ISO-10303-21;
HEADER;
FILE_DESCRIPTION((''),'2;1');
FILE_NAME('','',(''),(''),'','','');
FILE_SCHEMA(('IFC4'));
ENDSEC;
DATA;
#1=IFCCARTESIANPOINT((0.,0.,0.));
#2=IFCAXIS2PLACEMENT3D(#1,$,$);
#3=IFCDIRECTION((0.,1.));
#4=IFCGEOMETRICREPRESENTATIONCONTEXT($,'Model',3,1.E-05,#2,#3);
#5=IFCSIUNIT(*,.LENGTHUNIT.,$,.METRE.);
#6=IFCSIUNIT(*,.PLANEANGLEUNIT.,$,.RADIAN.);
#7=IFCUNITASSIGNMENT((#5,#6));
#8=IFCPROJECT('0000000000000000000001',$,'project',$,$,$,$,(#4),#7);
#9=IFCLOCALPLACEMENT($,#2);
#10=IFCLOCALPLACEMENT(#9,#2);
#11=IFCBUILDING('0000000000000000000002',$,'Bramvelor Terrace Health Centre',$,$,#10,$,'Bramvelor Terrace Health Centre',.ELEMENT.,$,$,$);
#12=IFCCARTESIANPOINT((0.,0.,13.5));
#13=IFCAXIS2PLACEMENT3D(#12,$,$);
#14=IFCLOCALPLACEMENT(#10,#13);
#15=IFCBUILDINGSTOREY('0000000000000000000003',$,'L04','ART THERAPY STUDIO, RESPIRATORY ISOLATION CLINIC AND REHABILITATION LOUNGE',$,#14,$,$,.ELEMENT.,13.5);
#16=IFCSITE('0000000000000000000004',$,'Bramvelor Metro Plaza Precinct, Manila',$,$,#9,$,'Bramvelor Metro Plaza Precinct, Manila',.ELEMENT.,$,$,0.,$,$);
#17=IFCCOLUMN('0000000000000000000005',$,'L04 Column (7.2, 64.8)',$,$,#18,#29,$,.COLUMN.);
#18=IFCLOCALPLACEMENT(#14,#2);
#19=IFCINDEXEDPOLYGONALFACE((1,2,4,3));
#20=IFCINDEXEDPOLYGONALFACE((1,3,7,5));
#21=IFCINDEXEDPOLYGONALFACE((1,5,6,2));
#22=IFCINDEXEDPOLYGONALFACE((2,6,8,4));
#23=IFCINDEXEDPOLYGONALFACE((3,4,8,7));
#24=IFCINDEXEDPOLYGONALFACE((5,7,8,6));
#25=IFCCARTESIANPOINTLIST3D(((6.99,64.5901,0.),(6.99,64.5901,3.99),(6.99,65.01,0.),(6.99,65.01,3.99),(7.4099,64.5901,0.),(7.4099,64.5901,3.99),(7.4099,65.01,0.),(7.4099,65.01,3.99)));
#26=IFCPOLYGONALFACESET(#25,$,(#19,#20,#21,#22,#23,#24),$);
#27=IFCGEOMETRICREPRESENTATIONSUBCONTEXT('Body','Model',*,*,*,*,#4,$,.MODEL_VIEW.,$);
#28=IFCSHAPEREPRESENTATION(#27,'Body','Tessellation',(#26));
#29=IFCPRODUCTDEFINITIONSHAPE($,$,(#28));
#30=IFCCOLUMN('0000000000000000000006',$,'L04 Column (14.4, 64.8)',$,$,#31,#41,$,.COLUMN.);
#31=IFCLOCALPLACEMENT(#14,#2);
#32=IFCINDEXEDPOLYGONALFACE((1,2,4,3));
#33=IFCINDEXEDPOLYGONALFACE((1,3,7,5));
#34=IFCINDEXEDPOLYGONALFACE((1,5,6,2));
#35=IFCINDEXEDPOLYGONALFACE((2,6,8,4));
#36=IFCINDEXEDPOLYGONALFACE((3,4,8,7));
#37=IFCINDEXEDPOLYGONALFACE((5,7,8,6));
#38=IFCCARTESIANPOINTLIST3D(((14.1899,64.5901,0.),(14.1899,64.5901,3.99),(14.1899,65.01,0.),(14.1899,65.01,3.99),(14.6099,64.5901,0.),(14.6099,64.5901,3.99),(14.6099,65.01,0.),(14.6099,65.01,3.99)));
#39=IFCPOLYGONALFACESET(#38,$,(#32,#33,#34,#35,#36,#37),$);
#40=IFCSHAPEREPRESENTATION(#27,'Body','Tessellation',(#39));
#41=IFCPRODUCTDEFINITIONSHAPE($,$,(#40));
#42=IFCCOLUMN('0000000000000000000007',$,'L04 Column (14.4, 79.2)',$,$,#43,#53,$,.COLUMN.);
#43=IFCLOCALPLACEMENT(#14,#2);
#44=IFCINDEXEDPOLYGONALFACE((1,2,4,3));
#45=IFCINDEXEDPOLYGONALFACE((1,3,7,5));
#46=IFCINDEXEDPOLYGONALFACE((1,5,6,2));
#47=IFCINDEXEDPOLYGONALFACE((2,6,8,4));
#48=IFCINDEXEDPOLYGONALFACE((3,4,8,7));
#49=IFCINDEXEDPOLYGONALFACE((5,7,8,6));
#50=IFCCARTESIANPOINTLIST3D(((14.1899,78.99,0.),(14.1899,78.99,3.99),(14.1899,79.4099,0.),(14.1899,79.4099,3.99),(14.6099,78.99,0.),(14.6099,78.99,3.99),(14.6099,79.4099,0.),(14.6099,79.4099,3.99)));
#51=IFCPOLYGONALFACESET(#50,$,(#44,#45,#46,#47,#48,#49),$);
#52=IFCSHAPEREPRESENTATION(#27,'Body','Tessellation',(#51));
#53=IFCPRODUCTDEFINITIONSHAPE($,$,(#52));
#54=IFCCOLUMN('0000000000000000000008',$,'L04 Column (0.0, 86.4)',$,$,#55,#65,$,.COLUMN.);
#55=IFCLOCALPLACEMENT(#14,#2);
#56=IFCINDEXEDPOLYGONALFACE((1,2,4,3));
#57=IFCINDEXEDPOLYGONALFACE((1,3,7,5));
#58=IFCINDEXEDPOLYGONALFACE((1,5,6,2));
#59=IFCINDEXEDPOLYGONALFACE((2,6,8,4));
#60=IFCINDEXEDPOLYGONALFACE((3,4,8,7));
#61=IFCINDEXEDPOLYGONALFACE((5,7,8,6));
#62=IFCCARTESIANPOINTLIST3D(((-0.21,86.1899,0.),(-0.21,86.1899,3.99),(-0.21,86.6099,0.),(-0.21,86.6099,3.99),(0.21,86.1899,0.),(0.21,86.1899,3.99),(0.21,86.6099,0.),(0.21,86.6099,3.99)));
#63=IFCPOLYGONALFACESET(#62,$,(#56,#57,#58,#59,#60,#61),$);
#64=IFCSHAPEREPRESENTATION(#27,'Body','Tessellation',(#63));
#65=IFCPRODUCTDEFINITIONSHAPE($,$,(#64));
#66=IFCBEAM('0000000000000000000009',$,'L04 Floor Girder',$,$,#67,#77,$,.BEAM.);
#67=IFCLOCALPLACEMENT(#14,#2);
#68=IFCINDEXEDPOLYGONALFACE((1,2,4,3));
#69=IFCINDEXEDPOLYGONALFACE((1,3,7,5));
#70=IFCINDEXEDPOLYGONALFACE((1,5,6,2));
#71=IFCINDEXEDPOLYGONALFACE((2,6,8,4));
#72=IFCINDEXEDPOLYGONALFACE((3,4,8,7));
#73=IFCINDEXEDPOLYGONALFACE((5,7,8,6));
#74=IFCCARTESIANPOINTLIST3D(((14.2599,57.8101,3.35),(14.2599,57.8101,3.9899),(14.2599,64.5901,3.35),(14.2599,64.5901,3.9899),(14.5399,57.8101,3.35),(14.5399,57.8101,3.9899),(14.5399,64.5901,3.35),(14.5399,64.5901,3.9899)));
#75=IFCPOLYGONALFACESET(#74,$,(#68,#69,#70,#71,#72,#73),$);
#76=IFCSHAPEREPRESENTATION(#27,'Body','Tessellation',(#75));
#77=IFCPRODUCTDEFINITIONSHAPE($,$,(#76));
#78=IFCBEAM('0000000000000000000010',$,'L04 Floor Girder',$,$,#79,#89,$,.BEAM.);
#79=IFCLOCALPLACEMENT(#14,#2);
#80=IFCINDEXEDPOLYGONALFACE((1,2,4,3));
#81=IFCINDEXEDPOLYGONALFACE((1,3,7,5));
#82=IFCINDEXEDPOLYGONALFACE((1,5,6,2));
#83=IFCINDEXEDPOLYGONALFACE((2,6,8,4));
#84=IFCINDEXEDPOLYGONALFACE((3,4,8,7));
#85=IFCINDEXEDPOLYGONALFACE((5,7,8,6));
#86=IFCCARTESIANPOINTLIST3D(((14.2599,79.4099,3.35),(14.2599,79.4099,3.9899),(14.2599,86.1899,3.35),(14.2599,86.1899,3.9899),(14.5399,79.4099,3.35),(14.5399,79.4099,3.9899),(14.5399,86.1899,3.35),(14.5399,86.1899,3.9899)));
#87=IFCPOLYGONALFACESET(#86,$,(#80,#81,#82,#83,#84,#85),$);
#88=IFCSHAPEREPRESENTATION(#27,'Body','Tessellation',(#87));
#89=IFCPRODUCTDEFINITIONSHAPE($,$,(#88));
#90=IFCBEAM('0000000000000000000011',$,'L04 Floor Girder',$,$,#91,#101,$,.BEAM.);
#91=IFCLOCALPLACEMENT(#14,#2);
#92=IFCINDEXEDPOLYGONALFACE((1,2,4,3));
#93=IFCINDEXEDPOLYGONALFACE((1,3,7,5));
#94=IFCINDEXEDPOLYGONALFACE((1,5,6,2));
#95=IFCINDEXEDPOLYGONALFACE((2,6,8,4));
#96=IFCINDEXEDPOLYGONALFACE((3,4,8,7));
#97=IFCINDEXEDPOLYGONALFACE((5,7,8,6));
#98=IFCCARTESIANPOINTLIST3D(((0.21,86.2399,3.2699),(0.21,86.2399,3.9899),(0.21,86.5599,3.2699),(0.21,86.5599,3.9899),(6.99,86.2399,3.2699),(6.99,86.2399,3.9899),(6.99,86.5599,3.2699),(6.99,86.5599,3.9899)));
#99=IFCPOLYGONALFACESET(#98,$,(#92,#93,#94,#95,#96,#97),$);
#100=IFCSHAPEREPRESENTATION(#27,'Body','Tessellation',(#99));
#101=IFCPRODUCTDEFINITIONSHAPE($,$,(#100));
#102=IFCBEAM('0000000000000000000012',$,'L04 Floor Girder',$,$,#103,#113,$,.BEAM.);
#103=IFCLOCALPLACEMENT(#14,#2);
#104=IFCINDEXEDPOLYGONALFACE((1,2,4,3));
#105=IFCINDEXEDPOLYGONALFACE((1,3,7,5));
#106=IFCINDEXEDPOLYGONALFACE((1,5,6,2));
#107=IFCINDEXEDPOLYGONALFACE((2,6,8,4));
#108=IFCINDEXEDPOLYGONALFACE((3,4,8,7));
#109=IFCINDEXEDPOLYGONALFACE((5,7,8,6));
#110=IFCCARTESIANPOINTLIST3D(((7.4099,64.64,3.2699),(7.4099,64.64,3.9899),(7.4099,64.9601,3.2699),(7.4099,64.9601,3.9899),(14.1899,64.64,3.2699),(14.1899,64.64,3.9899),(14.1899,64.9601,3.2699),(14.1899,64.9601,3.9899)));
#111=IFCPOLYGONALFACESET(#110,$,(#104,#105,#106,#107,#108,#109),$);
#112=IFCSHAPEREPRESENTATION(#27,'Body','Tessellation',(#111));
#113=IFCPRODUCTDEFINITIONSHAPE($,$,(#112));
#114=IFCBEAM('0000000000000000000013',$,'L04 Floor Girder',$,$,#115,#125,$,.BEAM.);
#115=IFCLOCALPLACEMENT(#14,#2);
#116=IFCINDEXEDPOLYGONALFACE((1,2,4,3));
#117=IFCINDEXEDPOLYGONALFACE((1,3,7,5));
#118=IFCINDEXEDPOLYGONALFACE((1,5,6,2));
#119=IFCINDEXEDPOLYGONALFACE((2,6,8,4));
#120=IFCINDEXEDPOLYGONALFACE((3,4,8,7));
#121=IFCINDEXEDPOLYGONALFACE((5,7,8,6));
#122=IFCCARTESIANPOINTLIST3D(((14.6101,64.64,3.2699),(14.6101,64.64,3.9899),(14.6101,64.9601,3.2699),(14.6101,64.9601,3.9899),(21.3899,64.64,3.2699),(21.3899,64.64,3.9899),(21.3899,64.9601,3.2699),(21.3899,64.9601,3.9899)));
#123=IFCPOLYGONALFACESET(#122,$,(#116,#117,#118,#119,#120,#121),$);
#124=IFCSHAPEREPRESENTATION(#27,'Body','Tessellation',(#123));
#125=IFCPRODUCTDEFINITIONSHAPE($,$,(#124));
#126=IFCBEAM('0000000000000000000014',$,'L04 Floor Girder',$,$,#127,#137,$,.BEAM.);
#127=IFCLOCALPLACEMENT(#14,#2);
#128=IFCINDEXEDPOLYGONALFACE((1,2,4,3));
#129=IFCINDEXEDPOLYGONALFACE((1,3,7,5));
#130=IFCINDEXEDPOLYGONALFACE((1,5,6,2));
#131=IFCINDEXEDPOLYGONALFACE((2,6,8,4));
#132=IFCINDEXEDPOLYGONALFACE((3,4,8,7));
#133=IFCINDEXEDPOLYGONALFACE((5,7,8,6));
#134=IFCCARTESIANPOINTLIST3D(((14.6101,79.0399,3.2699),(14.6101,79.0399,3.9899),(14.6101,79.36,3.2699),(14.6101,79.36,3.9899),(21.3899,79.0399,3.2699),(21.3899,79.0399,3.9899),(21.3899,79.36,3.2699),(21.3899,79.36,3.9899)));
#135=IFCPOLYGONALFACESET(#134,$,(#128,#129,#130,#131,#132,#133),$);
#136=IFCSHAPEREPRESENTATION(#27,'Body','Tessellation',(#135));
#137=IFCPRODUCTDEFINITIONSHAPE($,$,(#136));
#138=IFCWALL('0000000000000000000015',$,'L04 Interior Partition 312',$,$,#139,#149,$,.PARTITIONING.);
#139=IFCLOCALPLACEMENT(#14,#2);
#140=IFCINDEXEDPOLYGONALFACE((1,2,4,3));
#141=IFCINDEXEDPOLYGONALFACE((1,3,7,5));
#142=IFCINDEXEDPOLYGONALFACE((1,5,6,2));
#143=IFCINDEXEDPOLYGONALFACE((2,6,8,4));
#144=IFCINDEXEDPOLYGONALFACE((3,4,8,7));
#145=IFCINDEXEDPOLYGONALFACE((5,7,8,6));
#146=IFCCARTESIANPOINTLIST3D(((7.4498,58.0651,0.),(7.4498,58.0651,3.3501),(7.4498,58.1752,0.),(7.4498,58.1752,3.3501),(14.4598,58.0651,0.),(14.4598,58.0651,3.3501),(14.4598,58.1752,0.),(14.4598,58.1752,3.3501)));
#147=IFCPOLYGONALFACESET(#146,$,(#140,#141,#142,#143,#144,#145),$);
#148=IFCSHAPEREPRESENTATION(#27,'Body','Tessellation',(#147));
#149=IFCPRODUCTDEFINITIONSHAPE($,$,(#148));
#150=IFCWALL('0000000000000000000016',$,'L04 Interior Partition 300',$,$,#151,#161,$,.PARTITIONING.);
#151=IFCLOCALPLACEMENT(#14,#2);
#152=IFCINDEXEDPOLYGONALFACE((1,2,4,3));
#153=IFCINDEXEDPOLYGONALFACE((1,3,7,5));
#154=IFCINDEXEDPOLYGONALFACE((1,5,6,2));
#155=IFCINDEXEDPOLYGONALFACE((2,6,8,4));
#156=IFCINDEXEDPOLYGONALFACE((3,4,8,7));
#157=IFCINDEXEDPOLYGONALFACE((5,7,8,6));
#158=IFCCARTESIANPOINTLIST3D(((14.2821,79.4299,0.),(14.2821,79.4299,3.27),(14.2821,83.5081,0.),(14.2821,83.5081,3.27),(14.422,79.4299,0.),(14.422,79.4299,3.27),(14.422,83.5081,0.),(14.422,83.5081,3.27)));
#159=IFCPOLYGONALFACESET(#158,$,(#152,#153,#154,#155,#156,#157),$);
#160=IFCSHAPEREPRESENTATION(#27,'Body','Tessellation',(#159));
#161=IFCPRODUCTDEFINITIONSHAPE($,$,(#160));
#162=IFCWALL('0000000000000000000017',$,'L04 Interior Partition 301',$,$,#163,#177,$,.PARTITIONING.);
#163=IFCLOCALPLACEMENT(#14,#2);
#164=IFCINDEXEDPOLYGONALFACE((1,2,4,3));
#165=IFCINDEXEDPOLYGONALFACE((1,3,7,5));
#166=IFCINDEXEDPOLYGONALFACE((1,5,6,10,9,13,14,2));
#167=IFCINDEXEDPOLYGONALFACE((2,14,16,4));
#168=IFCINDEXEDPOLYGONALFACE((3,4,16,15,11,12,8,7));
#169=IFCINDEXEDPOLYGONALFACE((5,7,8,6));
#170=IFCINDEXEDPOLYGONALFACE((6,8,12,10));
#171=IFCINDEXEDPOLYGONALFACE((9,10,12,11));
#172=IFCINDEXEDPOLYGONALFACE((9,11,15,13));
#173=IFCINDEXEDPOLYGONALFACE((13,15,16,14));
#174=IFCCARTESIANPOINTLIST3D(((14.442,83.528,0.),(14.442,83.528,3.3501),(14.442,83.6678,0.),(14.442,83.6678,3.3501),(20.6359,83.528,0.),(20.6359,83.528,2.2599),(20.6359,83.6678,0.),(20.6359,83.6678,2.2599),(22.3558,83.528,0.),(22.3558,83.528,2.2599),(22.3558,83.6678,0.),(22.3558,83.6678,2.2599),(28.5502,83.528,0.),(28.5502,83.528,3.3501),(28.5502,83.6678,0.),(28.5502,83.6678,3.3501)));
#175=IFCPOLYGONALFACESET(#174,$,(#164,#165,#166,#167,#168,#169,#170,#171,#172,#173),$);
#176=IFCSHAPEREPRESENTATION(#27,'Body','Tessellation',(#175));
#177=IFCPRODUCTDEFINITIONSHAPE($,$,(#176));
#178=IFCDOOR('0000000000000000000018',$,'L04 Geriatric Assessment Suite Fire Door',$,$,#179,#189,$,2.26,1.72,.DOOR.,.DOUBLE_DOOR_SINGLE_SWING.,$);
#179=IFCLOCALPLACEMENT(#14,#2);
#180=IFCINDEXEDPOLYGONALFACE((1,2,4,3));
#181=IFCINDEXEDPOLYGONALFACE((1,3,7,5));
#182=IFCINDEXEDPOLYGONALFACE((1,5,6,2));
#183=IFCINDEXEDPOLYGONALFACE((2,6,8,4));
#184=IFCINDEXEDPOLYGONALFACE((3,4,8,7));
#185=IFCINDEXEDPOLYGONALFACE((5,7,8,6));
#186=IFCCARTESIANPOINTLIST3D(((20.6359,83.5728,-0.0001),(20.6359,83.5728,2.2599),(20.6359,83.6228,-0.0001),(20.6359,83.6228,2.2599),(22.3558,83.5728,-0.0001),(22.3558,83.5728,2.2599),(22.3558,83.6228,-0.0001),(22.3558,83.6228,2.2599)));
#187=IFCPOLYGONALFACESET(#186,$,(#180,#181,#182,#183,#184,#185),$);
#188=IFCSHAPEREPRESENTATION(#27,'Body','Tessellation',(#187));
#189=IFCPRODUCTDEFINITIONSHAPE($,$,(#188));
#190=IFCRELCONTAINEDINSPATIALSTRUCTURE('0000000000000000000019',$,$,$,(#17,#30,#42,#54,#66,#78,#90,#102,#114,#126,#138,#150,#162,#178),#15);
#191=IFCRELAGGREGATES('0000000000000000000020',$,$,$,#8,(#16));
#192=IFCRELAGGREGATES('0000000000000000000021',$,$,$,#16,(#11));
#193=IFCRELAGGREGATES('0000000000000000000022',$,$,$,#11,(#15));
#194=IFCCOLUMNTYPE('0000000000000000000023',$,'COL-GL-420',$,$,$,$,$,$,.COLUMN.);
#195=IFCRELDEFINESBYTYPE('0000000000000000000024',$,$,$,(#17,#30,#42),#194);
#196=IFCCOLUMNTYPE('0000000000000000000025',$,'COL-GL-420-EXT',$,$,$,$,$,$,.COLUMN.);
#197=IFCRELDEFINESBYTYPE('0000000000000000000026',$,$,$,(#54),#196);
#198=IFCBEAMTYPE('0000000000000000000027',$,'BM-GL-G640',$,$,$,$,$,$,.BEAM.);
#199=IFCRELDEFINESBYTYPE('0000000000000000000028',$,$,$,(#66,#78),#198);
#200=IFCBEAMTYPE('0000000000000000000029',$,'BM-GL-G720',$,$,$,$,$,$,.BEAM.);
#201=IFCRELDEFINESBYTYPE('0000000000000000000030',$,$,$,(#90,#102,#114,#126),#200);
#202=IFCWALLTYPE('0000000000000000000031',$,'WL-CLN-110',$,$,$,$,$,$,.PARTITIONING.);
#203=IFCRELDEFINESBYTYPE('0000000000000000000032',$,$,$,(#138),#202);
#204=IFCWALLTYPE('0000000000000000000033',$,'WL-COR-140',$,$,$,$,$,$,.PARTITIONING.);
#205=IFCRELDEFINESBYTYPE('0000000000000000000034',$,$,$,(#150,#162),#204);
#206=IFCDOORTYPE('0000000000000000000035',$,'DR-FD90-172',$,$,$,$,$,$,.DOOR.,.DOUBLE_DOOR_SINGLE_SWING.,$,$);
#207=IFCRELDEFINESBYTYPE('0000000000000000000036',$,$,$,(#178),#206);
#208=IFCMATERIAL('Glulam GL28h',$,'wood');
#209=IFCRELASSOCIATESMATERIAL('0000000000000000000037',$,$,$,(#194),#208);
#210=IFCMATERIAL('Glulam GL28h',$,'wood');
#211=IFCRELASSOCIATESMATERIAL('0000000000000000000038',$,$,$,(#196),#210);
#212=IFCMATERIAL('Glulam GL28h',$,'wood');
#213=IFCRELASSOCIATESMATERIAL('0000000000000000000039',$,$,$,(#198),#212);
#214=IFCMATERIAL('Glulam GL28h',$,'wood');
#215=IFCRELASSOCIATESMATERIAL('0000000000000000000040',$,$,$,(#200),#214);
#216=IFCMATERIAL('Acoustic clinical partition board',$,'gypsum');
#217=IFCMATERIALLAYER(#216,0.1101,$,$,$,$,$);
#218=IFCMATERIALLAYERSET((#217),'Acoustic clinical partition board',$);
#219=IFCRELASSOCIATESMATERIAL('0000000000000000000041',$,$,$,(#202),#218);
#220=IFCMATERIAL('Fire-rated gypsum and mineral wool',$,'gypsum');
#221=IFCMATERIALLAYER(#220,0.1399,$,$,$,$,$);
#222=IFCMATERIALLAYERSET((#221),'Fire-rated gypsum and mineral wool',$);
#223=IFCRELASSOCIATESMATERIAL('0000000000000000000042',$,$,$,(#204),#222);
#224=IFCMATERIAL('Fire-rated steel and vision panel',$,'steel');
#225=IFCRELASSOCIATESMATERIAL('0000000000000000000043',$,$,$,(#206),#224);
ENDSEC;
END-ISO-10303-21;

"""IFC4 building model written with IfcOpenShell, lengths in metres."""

from ifc_helpers import new_model, si_unit, direction, frame, frame_2d, origin, origin_2d, place, context, subcontext, project, spatial, rectangle, extrude, material, layer, layer_set, material_profile, profile_set, type_object, element, fill, save


model = new_model("IFC4")

# Units and contexts
model_context = context("Model", 3, precision=1e-05, world=origin(), true_north=direction((0.0, 1.0)))
body_context = subcontext(model_context, "Body", "Model", "MODEL_VIEW")
ifc_project = project(units=[si_unit("LENGTHUNIT", "METRE"), si_unit("PLANEANGLEUNIT", "RADIAN")], contexts=[model_context])

# Site, building, storey
site_placement = place(None, origin())
site = spatial("IfcSite", under=ifc_project, at=site_placement, Name="Bramvelor Metro Plaza Precinct, Manila", LongName="Bramvelor Metro Plaza Precinct, Manila", CompositionType="ELEMENT", RefElevation=0.0)
building_placement = place(site_placement, origin())
building = spatial("IfcBuilding", under=site, at=building_placement, Name="Bramvelor Terrace Health Centre", LongName="Bramvelor Terrace Health Centre", CompositionType="ELEMENT")
storey_placement = place(building_placement, frame((0.0, 0.0, 13.5)))
storey = spatial("IfcBuildingStorey", under=building, at=storey_placement, Name="L04", Description="ART THERAPY STUDIO, RESPIRATORY ISOLATION CLINIC AND REHABILITATION LOUNGE", CompositionType="ELEMENT", Elevation=13.5)

# Columns
ifc_material_1 = material(Name="Glulam GL28h", Category="wood")
ifc_material_profile_1 = material_profile(ifc_material_1, rectangle(XDim=0.4199, YDim=0.4199, at=origin_2d()), Name="GL 420x420")
ifc_profile_set_1 = profile_set([ifc_material_profile_1], Name="Glulam GL28h")
column_type_1 = type_object("IfcColumnType", Name="COL-GL-420", PredefinedType="COLUMN", material=ifc_profile_set_1)
for number, where, z_axis, x_axis, name in (
    (1, (7.2, 64.8, 0.0), (0.0, 0.0, 1.0), (1.0, 0.0, 0.0), "L04 Column (7.2, 64.8)"),
    (2, (14.3999, 64.8, 0.0), (0.0, 0.0, 1.0), (1.0, 0.0, 0.0), "L04 Column (14.4, 64.8)"),
    (3, (14.3999, 79.2, 0.0), (0.0, 0.0, 1.0), (1.0, 0.0, 0.0), "L04 Column (14.4, 79.2)"),
):
    element("IfcColumn", number, at=place(storey_placement, frame(where, z_axis=z_axis, x_axis=x_axis)), inside=storey, type_object=column_type_1, Name=name, PredefinedType="COLUMN", context=body_context, shape_type="SweptSolid", body=[
        extrude(rectangle(XDim=0.4199, YDim=0.4199, at=origin_2d()), origin(), (0.0, 0.0, 1.0), 3.99),
    ])
ifc_material_2 = material(Name="Glulam GL28h", Category="wood")
ifc_material_profile_2 = material_profile(ifc_material_2, rectangle(XDim=0.4199, YDim=0.4199, at=origin_2d()), Name="GL 420x420")
ifc_profile_set_2 = profile_set([ifc_material_profile_2], Name="Glulam GL28h")
column_type_2 = type_object("IfcColumnType", Name="COL-GL-420-EXT", PredefinedType="COLUMN", material=ifc_profile_set_2)
column_placement = place(storey_placement, frame((0.0, 86.3999, 0.0), z_axis=(0.0, 0.0, 1.0), x_axis=(1.0, 0.0, 0.0)))
element("IfcColumn", 4, at=column_placement, inside=storey, type_object=column_type_2, Name="L04 Column (0.0, 86.4)", PredefinedType="COLUMN", context=body_context, shape_type="SweptSolid", body=[
    extrude(rectangle(XDim=0.4199, YDim=0.4199, at=origin_2d()), origin(), (0.0, 0.0, 1.0), 3.99),
])

# Beams
ifc_material_3 = material(Name="Glulam GL28h", Category="wood")
ifc_material_profile_3 = material_profile(ifc_material_3, rectangle(XDim=0.28, YDim=0.6399, at=origin_2d()), Name="GL 280x640")
ifc_profile_set_3 = profile_set([ifc_material_profile_3], Name="Glulam GL28h")
beam_type_1 = type_object("IfcBeamType", Name="BM-GL-G640", PredefinedType="BEAM", material=ifc_profile_set_3)
for number, where, z_axis, x_axis, name in (
    (5, (14.3999, 57.8101, 3.6699), (0.0, 1.0, 0.0), (-1.0, 0.0, 0.0), "L04 Floor Girder"),
    (6, (14.3999, 79.4099, 3.6699), (0.0, 1.0, 0.0), (-1.0, 0.0, 0.0), "L04 Floor Girder"),
):
    element("IfcBeam", number, at=place(storey_placement, frame(where, z_axis=z_axis, x_axis=x_axis)), inside=storey, type_object=beam_type_1, Name=name, PredefinedType="BEAM", context=body_context, shape_type="SweptSolid", body=[
        extrude(rectangle(XDim=0.28, YDim=0.6399, at=origin_2d()), origin(), (0.0, 0.0, 1.0), 6.78),
    ])
ifc_material_4 = material(Name="Glulam GL28h", Category="wood")
ifc_material_profile_4 = material_profile(ifc_material_4, rectangle(XDim=0.3201, YDim=0.72, at=origin_2d()), Name="GL 320x720")
ifc_profile_set_4 = profile_set([ifc_material_profile_4], Name="Glulam GL28h")
beam_type_2 = type_object("IfcBeamType", Name="BM-GL-G720", PredefinedType="BEAM", material=ifc_profile_set_4)
for number, where, z_axis, x_axis, name in (
    (7, (0.21, 86.3999, 3.6299), (1.0, 0.0, 0.0), (0.0, 1.0, 0.0), "L04 Floor Girder"),
    (8, (7.4099, 64.8, 3.6299), (1.0, 0.0, 0.0), (0.0, 1.0, 0.0), "L04 Floor Girder"),
):
    element("IfcBeam", number, at=place(storey_placement, frame(where, z_axis=z_axis, x_axis=x_axis)), inside=storey, type_object=beam_type_2, Name=name, PredefinedType="BEAM", context=body_context, shape_type="SweptSolid", body=[
        extrude(rectangle(XDim=0.3201, YDim=0.72, at=origin_2d()), origin(), (0.0, 0.0, 1.0), 6.78),
    ])
for number, where, z_axis, x_axis, name in (
    (9, (14.6101, 64.8, 3.6299), (1.0, 0.0, 0.0), (0.0, 1.0, 0.0), "L04 Floor Girder"),
    (10, (14.6101, 79.2, 3.6299), (1.0, 0.0, 0.0), (0.0, 1.0, 0.0), "L04 Floor Girder"),
):
    element("IfcBeam", number, at=place(storey_placement, frame(where, z_axis=z_axis, x_axis=x_axis)), inside=storey, type_object=beam_type_2, Name=name, PredefinedType="BEAM", context=body_context, shape_type="SweptSolid", body=[
        extrude(rectangle(XDim=0.3201, YDim=0.72, at=origin_2d()), origin(), (0.0, 0.0, 1.0), 6.7798),
    ])

# Walls
ifc_material_5 = material(Name="Acoustic clinical partition board", Category="gypsum")
ifc_layer_1 = layer(ifc_material_5, 0.1101)
ifc_layer_set_1 = layer_set([ifc_layer_1], Name="Acoustic clinical partition board")
wall_type_1 = type_object("IfcWallType", Name="WL-CLN-110", PredefinedType="PARTITIONING", material=ifc_layer_set_1)
wall_1_placement = place(storey_placement, frame((7.45, 58.1201, 0.0), z_axis=(0.0, 0.0, 1.0), x_axis=(1.0, 0.0, 0.0)))
element("IfcWall", 11, at=wall_1_placement, inside=storey, type_object=wall_type_1, Name="L04 Interior Partition 312", PredefinedType="PARTITIONING", context=body_context, shape_type="SweptSolid", body=[
    extrude(rectangle(XDim=7.01, YDim=0.1101, at=frame_2d((3.5049, 0.0))), origin(), (0.0, 0.0, 1.0), 3.3501),
])
ifc_material_6 = material(Name="Fire-rated gypsum and mineral wool", Category="gypsum")
ifc_layer_2 = layer(ifc_material_6, 0.1399)
ifc_layer_set_2 = layer_set([ifc_layer_2], Name="Fire-rated gypsum and mineral wool")
wall_type_2 = type_object("IfcWallType", Name="WL-COR-140", PredefinedType="PARTITIONING", material=ifc_layer_set_2)
wall_2_placement = place(storey_placement, frame((14.3521, 79.4299, 0.0), z_axis=(0.0, 0.0, 1.0), x_axis=(0.0, 1.0, 0.0)))
element("IfcWall", 12, at=wall_2_placement, inside=storey, type_object=wall_type_2, Name="L04 Interior Partition 300", PredefinedType="PARTITIONING", context=body_context, shape_type="SweptSolid", body=[
    extrude(rectangle(XDim=4.0781, YDim=0.1399, at=frame_2d((2.0391, 0.0))), origin(), (0.0, 0.0, 1.0), 3.27),
])

# Wall, opening, door
wall_3_placement = place(storey_placement, frame((14.4419, 83.5979, 0.0), z_axis=(0.0, 0.0, 1.0), x_axis=(1.0, 0.0, 0.0)))
wall_3 = element("IfcWall", 13, at=wall_3_placement, inside=storey, type_object=wall_type_2, Name="L04 Interior Partition 301", PredefinedType="PARTITIONING", context=body_context, shape_type="SweptSolid", body=[
    extrude(rectangle(XDim=14.1082, YDim=0.1399, at=frame_2d((7.0542, 0.0))), origin(), (0.0, 0.0, 1.0), 3.3501),
])
opening_1_placement = place(wall_3_placement, frame((6.1941, 0.0, 0.0)))
opening_1 = element("IfcOpeningElement", 14, at=opening_1_placement, cuts=wall_3, PredefinedType="OPENING", context=body_context, shape_type="SweptSolid", body=[
    extrude(rectangle(XDim=1.72, YDim=2.26, at=frame_2d((0.8599, 1.1299))), frame((0.0, 0.0798, 0.0), z_axis=(0.0, -1.0, 0.0), x_axis=(1.0, 0.0, 0.0)), (0.0, 0.0, 1.0), 0.1599),
])
ifc_material_7 = material(Name="Fire-rated steel and vision panel", Category="steel")
door_type_1 = type_object("IfcDoorType", Name="DR-FD90-172", OperationType="DOUBLE_DOOR_SINGLE_SWING", PredefinedType="DOOR", material=ifc_material_7)
door_1_placement = place(opening_1_placement, origin())
door_1 = element("IfcDoor", 15, at=door_1_placement, inside=storey, type_object=door_type_1, Name="L04 Geriatric Assessment Suite Fire Door", OperationType="DOUBLE_DOOR_SINGLE_SWING", OverallHeight=2.26, OverallWidth=1.72, PredefinedType="DOOR", context=body_context, shape_type="SweptSolid", body=[
    extrude(rectangle(XDim=1.72, YDim=2.26, at=frame_2d((0.8599, 1.1299))), frame((0.0, 0.0249, 0.0), z_axis=(0.0, -1.0, 0.0), x_axis=(1.0, 0.0, 0.0)), (0.0, 0.0, 1.0), 0.05),
])
fill(opening_1, door_1)

save(model, "model.ifc")
